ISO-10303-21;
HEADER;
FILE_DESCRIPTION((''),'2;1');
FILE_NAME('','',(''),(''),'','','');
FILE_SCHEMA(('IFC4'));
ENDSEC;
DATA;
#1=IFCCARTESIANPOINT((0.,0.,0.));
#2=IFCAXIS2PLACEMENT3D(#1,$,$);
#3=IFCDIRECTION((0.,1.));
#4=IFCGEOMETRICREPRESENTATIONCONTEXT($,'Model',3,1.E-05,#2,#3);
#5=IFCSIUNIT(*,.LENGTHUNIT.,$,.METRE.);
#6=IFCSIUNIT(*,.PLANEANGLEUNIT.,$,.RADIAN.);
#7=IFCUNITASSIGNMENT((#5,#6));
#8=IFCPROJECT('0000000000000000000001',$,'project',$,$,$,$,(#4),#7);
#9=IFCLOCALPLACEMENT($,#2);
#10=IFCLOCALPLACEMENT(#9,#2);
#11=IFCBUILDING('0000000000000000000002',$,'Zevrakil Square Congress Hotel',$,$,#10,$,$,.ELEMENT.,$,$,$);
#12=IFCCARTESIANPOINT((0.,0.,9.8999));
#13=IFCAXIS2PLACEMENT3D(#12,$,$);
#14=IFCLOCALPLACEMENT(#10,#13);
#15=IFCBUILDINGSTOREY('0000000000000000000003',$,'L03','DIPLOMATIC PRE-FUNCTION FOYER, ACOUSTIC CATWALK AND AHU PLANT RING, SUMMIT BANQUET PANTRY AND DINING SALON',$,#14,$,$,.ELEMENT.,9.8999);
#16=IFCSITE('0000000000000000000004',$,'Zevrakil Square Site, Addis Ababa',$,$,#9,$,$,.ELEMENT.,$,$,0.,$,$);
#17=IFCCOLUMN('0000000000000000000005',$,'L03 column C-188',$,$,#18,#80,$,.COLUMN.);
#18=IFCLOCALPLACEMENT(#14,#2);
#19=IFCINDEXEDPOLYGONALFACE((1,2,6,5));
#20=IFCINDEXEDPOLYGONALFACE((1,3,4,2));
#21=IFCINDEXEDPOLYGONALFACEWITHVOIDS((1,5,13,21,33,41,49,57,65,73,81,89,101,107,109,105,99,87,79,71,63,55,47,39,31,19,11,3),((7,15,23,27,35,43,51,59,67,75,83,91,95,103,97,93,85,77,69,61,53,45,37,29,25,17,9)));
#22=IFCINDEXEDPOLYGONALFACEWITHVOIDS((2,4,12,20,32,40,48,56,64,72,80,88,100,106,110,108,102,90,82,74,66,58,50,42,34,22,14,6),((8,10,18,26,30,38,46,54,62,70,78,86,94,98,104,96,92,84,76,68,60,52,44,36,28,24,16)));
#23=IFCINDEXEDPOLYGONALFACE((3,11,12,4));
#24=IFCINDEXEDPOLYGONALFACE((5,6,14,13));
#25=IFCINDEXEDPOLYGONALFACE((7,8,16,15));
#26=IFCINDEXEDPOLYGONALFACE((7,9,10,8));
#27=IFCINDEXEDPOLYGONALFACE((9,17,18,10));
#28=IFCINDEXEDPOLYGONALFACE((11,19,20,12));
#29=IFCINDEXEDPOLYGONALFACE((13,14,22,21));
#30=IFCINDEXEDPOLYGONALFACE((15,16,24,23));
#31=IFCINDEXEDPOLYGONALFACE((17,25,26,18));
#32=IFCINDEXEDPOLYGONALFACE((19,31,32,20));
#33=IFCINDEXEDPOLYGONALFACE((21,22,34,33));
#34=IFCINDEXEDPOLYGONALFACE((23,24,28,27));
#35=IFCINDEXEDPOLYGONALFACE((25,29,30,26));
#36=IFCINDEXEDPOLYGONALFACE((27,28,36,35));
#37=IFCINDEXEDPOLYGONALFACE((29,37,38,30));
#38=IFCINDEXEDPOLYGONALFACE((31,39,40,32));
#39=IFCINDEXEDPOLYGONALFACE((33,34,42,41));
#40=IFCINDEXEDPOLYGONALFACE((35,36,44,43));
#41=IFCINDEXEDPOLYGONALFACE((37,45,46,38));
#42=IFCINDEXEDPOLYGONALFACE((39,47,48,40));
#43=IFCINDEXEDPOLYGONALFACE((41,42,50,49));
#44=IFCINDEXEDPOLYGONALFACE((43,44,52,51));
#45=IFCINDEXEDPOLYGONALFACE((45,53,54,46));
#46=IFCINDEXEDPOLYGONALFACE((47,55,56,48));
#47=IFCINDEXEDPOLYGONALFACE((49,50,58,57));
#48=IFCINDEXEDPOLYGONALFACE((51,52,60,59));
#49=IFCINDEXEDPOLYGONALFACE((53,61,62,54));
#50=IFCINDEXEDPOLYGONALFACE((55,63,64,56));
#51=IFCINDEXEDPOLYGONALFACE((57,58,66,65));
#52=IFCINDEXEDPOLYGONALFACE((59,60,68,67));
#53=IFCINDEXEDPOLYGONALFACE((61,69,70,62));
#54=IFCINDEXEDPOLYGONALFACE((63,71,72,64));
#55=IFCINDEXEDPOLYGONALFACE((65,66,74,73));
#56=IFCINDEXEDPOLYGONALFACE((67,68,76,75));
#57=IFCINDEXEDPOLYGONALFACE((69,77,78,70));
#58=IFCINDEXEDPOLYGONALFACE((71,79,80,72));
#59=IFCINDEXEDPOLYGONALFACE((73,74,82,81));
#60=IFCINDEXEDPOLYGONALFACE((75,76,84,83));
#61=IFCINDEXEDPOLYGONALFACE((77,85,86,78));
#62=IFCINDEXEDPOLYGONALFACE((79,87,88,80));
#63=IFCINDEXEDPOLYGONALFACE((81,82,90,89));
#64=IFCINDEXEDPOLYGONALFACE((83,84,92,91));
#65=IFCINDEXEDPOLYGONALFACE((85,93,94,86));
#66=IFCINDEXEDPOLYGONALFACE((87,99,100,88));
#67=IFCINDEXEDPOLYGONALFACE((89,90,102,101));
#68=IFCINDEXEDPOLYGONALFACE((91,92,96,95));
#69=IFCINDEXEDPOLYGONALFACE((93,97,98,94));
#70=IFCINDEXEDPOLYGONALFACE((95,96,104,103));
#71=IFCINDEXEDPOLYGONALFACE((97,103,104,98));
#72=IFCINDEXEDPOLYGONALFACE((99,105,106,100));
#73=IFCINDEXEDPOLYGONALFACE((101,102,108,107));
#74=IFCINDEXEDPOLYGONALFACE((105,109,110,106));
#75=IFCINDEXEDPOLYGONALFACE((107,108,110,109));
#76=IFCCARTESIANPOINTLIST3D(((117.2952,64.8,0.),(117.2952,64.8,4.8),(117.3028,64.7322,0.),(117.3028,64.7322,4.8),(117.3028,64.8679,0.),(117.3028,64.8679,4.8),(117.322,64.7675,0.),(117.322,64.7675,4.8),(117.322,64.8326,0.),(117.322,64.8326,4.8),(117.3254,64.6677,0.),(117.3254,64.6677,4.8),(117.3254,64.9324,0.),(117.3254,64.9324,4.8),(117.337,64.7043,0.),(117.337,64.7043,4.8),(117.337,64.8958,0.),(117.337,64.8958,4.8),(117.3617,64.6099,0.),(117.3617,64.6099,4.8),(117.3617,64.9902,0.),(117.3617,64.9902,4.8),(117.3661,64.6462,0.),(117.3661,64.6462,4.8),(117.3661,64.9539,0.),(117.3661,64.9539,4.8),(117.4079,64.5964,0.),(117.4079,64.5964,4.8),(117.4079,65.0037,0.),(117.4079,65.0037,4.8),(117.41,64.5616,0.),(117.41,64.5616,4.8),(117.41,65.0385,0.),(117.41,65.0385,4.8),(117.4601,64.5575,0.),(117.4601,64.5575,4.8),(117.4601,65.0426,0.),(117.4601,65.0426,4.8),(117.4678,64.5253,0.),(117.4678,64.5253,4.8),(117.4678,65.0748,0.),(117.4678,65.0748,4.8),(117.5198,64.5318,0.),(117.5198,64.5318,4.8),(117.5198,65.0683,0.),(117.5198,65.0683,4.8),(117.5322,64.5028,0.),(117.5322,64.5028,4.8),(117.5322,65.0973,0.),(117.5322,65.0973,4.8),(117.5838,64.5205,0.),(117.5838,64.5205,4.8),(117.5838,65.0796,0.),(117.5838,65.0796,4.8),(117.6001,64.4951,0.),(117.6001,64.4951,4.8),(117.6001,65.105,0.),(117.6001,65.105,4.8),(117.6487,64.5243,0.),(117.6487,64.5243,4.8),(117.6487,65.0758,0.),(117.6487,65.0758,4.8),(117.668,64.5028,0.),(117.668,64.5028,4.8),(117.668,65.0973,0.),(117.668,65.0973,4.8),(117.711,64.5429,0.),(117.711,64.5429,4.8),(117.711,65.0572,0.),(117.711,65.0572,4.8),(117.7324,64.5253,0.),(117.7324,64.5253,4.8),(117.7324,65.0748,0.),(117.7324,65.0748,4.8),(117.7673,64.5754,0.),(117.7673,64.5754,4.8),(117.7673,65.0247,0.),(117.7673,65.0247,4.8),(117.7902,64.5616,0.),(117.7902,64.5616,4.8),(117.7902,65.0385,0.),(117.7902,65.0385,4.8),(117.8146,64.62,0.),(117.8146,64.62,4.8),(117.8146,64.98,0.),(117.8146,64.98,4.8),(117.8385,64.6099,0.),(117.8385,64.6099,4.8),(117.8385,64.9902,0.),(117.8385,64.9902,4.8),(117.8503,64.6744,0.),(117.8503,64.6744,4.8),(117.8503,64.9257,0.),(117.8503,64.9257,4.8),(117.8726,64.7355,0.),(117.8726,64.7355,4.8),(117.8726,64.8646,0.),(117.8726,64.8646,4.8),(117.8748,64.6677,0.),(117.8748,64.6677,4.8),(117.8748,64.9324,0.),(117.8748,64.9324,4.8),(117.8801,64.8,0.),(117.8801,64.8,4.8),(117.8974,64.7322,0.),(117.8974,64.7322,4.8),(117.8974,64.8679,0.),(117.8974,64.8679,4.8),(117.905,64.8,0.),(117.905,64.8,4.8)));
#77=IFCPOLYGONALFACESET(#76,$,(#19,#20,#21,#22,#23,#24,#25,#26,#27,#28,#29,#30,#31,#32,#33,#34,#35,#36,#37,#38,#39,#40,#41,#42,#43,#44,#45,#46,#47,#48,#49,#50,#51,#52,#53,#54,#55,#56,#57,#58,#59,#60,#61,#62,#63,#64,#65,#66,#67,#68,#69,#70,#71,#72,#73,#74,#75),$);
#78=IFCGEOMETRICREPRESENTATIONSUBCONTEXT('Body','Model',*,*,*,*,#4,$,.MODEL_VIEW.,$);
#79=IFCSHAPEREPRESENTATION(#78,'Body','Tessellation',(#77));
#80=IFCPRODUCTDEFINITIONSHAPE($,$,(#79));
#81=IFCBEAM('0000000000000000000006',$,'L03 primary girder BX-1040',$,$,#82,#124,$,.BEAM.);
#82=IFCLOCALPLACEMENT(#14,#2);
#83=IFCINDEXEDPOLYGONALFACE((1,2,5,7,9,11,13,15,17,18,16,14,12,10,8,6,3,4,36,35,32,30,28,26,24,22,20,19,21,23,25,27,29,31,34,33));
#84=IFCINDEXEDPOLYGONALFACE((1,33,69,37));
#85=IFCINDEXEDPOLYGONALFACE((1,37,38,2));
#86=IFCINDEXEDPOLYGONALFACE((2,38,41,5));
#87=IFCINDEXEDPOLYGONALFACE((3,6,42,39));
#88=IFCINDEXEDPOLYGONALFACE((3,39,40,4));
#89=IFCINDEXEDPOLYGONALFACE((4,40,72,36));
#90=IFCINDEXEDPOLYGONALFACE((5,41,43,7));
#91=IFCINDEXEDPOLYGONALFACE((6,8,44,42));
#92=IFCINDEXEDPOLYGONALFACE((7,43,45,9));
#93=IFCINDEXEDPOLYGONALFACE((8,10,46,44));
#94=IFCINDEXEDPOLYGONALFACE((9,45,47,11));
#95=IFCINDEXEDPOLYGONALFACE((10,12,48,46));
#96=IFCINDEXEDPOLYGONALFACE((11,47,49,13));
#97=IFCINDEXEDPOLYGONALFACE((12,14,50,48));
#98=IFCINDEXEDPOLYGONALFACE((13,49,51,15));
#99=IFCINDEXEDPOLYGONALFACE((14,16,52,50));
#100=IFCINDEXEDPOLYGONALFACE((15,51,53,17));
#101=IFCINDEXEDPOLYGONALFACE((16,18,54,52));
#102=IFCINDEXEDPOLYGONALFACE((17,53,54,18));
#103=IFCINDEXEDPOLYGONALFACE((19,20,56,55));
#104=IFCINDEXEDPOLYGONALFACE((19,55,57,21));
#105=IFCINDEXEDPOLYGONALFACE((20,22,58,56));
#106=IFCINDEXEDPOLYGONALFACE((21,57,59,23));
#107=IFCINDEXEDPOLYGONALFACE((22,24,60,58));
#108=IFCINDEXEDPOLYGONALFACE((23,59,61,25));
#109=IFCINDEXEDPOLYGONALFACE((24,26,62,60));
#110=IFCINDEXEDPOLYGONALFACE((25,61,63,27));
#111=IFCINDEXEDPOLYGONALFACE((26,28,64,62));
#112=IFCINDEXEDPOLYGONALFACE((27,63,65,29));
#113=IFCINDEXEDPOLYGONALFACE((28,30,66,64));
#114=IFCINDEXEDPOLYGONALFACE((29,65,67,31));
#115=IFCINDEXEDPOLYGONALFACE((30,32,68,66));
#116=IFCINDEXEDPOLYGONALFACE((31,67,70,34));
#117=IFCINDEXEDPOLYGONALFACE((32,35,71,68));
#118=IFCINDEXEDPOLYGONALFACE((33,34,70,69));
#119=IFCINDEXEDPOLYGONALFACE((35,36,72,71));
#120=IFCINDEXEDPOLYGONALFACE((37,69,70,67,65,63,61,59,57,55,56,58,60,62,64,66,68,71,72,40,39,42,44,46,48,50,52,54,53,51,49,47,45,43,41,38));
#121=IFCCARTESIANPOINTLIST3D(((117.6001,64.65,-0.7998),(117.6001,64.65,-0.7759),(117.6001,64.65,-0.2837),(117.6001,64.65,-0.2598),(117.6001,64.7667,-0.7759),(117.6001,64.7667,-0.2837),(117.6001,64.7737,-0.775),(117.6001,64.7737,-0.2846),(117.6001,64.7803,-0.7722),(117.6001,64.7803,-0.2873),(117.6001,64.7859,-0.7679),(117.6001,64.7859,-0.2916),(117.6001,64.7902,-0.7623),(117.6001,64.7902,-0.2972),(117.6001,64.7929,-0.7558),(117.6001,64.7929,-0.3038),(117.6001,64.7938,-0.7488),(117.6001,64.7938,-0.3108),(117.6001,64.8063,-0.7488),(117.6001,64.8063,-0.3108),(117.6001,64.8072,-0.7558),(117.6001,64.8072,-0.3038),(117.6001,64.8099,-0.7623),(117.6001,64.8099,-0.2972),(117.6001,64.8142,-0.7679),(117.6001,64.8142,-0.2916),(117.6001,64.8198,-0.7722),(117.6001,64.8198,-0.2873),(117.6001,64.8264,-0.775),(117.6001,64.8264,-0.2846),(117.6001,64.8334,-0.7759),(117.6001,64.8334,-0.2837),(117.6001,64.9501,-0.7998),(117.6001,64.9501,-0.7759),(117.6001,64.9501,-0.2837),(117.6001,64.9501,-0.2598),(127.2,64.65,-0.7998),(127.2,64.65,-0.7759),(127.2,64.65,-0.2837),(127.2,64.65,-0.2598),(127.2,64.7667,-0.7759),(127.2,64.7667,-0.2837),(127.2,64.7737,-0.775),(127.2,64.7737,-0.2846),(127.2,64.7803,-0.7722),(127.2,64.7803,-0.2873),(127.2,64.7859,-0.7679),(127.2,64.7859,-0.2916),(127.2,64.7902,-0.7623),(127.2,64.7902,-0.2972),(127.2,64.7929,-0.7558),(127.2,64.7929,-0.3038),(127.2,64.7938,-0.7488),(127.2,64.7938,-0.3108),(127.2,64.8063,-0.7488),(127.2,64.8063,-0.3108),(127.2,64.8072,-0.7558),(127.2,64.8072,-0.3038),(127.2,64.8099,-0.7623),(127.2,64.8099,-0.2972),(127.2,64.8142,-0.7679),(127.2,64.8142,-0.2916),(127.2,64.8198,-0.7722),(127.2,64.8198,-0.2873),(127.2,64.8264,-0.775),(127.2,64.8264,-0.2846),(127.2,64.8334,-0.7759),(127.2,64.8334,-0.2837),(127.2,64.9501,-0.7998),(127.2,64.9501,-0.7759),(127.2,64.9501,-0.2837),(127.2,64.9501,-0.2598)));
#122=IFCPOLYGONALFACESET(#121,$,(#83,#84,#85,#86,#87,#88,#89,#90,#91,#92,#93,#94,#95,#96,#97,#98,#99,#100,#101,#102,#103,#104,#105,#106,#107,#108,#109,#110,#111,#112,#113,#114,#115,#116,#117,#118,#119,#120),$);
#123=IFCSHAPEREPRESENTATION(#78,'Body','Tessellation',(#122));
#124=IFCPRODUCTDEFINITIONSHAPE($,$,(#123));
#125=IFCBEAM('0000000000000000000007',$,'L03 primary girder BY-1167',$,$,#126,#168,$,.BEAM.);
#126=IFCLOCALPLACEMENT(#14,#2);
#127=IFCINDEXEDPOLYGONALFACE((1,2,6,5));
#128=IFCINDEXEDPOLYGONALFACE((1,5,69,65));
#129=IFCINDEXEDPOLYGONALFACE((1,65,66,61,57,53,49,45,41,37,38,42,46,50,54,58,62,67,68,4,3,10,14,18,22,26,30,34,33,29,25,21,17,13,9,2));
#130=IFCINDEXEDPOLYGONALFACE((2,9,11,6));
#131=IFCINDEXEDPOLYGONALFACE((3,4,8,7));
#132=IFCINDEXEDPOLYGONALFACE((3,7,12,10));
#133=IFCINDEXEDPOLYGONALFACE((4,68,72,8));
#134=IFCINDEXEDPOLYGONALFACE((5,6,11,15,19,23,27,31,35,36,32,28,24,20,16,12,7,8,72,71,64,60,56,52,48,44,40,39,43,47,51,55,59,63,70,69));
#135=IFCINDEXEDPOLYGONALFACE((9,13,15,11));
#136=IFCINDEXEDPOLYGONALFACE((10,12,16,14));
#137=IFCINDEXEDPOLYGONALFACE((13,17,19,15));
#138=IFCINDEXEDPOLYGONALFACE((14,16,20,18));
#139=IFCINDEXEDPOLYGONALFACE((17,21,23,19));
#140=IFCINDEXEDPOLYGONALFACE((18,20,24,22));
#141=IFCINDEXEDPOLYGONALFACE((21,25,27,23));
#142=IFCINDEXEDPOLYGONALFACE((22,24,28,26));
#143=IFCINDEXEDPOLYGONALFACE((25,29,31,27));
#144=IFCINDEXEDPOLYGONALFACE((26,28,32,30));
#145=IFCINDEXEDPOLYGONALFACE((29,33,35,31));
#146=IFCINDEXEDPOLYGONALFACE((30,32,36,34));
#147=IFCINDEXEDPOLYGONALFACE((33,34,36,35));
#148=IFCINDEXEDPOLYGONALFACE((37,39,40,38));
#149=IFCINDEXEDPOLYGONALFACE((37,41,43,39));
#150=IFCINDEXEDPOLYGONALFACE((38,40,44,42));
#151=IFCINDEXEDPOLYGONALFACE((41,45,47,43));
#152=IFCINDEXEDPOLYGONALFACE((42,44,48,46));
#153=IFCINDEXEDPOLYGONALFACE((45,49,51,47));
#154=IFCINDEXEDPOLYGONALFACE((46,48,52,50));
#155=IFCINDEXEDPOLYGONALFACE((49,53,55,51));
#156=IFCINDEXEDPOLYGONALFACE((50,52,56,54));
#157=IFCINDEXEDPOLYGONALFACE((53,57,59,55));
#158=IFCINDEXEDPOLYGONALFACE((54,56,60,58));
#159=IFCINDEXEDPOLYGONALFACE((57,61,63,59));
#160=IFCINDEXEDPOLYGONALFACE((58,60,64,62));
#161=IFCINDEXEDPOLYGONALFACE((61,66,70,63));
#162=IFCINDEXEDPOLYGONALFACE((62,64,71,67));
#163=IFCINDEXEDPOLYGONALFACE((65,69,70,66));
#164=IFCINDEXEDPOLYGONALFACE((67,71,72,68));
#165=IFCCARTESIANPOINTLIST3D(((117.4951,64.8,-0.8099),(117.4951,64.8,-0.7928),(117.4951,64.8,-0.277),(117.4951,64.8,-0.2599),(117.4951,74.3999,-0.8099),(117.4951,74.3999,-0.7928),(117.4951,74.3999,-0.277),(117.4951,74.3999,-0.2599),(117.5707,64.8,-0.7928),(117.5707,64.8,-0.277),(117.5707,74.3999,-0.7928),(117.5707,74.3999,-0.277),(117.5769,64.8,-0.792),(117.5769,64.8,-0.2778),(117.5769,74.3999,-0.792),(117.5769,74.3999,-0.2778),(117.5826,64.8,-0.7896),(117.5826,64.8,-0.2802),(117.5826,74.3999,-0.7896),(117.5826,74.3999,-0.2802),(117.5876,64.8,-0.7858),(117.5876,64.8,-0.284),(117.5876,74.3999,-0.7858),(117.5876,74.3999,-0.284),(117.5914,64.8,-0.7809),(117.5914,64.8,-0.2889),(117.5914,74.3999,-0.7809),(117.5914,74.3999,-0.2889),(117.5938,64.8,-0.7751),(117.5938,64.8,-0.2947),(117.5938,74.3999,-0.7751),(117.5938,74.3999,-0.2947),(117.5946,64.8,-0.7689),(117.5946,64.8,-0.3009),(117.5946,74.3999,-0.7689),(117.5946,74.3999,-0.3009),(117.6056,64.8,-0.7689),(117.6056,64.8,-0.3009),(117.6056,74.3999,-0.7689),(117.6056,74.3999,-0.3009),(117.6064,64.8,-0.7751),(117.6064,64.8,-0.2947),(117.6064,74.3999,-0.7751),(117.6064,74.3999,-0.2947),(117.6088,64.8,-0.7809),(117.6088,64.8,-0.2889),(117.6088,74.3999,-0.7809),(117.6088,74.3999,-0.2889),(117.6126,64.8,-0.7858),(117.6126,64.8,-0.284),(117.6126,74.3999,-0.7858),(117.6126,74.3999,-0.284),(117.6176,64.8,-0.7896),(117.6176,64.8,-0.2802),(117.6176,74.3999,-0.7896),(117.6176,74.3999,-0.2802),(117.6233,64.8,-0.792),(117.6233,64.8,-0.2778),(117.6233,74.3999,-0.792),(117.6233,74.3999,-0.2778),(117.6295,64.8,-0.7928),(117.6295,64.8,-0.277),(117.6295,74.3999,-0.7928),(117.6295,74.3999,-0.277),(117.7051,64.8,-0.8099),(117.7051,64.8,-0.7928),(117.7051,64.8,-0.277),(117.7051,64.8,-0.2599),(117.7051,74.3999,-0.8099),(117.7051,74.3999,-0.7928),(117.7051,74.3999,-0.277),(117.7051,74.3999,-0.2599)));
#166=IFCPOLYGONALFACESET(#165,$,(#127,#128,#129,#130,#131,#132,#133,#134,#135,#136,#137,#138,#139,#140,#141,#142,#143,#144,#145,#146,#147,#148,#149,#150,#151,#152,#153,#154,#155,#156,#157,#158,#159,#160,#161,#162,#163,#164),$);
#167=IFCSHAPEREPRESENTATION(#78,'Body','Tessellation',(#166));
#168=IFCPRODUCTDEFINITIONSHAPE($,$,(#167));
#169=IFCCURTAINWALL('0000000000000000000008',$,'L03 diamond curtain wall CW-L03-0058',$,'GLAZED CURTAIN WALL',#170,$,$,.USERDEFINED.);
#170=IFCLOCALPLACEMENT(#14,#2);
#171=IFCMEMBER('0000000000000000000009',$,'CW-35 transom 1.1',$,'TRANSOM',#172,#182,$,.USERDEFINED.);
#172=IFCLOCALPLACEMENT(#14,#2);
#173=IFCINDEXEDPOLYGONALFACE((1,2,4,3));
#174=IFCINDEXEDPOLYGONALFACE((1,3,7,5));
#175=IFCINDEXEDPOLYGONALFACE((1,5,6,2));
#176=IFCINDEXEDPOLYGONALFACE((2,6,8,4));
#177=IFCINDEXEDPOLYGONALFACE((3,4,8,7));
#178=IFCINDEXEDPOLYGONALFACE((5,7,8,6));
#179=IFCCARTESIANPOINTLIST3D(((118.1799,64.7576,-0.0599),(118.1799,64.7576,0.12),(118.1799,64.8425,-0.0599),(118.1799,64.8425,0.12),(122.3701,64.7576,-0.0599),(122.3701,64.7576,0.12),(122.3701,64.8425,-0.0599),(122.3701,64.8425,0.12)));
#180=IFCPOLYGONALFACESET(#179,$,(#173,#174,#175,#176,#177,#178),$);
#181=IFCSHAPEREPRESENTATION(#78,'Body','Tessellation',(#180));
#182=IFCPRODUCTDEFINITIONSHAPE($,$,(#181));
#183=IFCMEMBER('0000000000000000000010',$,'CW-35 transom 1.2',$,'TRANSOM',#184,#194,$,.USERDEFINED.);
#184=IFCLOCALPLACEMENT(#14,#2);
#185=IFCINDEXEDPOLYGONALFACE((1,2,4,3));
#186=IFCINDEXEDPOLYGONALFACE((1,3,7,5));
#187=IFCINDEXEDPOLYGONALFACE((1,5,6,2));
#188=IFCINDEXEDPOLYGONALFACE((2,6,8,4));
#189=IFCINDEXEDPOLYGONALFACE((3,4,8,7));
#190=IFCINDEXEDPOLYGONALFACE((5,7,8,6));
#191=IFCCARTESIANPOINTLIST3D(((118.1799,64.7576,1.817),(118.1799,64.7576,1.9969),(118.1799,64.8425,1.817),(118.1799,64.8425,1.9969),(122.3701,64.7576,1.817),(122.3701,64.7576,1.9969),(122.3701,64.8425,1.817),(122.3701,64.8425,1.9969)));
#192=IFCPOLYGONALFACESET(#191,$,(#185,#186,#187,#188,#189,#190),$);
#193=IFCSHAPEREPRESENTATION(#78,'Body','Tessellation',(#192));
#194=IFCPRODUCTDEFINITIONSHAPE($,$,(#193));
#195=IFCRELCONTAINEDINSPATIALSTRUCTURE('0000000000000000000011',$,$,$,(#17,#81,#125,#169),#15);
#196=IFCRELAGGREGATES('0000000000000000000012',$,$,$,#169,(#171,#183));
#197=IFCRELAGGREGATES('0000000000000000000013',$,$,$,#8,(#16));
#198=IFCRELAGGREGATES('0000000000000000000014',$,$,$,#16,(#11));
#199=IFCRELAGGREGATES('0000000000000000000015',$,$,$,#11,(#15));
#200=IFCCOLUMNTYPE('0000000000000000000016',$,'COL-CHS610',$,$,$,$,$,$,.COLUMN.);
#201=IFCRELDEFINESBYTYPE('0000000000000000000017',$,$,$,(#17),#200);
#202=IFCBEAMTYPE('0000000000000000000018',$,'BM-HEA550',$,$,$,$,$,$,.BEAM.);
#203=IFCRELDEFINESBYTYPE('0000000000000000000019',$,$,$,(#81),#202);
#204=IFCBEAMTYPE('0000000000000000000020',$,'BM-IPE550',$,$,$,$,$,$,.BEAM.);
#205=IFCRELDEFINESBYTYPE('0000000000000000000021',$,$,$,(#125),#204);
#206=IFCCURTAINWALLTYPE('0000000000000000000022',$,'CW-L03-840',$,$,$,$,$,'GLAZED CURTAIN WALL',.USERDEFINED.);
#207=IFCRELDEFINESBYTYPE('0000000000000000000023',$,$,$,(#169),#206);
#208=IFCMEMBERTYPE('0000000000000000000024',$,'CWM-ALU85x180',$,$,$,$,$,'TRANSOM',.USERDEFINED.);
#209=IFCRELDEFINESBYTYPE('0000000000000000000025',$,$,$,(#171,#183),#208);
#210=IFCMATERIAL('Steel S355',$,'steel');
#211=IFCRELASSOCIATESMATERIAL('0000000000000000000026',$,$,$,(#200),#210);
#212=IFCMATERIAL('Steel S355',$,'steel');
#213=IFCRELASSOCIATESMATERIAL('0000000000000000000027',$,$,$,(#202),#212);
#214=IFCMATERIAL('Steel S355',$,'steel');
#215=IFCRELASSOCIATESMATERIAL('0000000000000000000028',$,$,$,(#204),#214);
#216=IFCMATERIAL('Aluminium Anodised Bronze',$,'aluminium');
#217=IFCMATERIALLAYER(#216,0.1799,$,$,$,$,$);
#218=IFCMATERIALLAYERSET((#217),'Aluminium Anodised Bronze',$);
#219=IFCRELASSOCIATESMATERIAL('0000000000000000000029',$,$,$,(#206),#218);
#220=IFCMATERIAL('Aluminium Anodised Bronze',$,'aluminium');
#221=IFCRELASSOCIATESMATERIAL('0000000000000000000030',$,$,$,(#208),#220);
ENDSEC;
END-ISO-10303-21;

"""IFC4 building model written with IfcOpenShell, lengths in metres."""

from ifc_helpers import new_model, si_unit, direction, frame, origin, origin_2d, place, context, subcontext, project, spatial, rectangle, hollow_circle, i_section, extrude, material, layer, layer_set, material_profile, profile_set, type_object, element, aggregate, save


model = new_model("IFC4")

# Units and contexts
model_context = context("Model", 3, precision=1e-05, world=origin(), true_north=direction((0.0, 1.0)))
body_context = subcontext(model_context, "Body", "Model", "MODEL_VIEW")
ifc_project = project(units=[si_unit("LENGTHUNIT", "METRE"), si_unit("PLANEANGLEUNIT", "RADIAN")], contexts=[model_context])

# Site, building, storey
site_placement = place(None, origin())
site = spatial("IfcSite", under=ifc_project, at=site_placement, Name="Zevrakil Square Site, Addis Ababa", CompositionType="ELEMENT", RefElevation=0.0)
building_placement = place(site_placement, origin())
building = spatial("IfcBuilding", under=site, at=building_placement, Name="Zevrakil Square Congress Hotel", CompositionType="ELEMENT")
storey_placement = place(building_placement, frame((0.0, 0.0, 9.8999)))
storey = spatial("IfcBuildingStorey", under=building, at=storey_placement, Name="L03", Description="DIPLOMATIC PRE-FUNCTION FOYER, ACOUSTIC CATWALK AND AHU PLANT RING, SUMMIT BANQUET PANTRY AND DINING SALON", CompositionType="ELEMENT", Elevation=9.8999)

# Column
ifc_material_1 = material(Name="Steel S355", Category="steel")
ifc_material_profile_1 = material_profile(ifc_material_1, hollow_circle(Radius=0.3049, WallThickness=0.0249, at=origin_2d()), Name="CHS 610x25")
ifc_profile_set_1 = profile_set([ifc_material_profile_1], Name="Steel S355")
column_type = type_object("IfcColumnType", Name="COL-CHS610", PredefinedType="COLUMN", material=ifc_profile_set_1)
column_placement = place(storey_placement, frame((117.6001, 64.8, 0.0), z_axis=(0.0, 0.0, 1.0), x_axis=(1.0, 0.0, 0.0)))
element("IfcColumn", 1, at=column_placement, inside=storey, type_object=column_type, Name="L03 column C-188", PredefinedType="COLUMN", context=body_context, shape_type="SweptSolid", body=[
    extrude(hollow_circle(Radius=0.3049, WallThickness=0.0249, at=origin_2d()), origin(), (0.0, 0.0, 1.0), 4.8),
])

# Beams
ifc_material_2 = material(Name="Steel S355", Category="steel")
ifc_material_profile_2 = material_profile(ifc_material_2, i_section(OverallWidth=0.3, OverallDepth=0.54, WebThickness=0.0125, FlangeThickness=0.0239, FilletRadius=0.0271, at=origin_2d()), Name="HEA 550")
ifc_profile_set_2 = profile_set([ifc_material_profile_2], Name="Steel S355")
beam_type_1 = type_object("IfcBeamType", Name="BM-HEA550", PredefinedType="BEAM", material=ifc_profile_set_2)
beam_1_placement = place(storey_placement, frame((117.6001, 64.8, -0.5298), z_axis=(1.0, 0.0, 0.0), x_axis=(0.0, 1.0, 0.0)))
element("IfcBeam", 2, at=beam_1_placement, inside=storey, type_object=beam_type_1, Name="L03 primary girder BX-1040", PredefinedType="BEAM", context=body_context, shape_type="SweptSolid", body=[
    extrude(i_section(OverallWidth=0.3, OverallDepth=0.54, WebThickness=0.0125, FlangeThickness=0.0239, FilletRadius=0.0271, at=origin_2d()), origin(), (0.0, 0.0, 1.0), 9.5999),
])
ifc_material_3 = material(Name="Steel S355", Category="steel")
ifc_material_profile_3 = material_profile(ifc_material_3, i_section(OverallWidth=0.21, OverallDepth=0.55, WebThickness=0.011, FlangeThickness=0.0171, FilletRadius=0.0239, at=origin_2d()), Name="IPE 550")
ifc_profile_set_3 = profile_set([ifc_material_profile_3], Name="Steel S355")
beam_type_2 = type_object("IfcBeamType", Name="BM-IPE550", PredefinedType="BEAM", material=ifc_profile_set_3)
beam_2_placement = place(storey_placement, frame((117.6001, 64.8, -0.5349), z_axis=(0.0, 1.0, 0.0), x_axis=(-1.0, 0.0, 0.0)))
element("IfcBeam", 3, at=beam_2_placement, inside=storey, type_object=beam_type_2, Name="L03 primary girder BY-1167", PredefinedType="BEAM", context=body_context, shape_type="SweptSolid", body=[
    extrude(i_section(OverallWidth=0.21, OverallDepth=0.55, WebThickness=0.011, FlangeThickness=0.0171, FilletRadius=0.0239, at=origin_2d()), origin(), (0.0, 0.0, 1.0), 9.5999),
])

# Curtain wall, members
ifc_material_4 = material(Name="Aluminium Anodised Bronze", Category="aluminium")
ifc_layer_1 = layer(ifc_material_4, 0.1799)
ifc_layer_set_1 = layer_set([ifc_layer_1], Name="Aluminium Anodised Bronze")
curtain_wall_type = type_object("IfcCurtainWallType", Name="CW-L03-840", ElementType="GLAZED CURTAIN WALL", PredefinedType="USERDEFINED", material=ifc_layer_set_1)
curtain_wall_placement = place(storey_placement, origin())
curtain_wall = element("IfcCurtainWall", 4, at=curtain_wall_placement, inside=storey, type_object=curtain_wall_type, Name="L03 diamond curtain wall CW-L03-0058", ObjectType="GLAZED CURTAIN WALL", PredefinedType="USERDEFINED")
ifc_material_5 = material(Name="Aluminium Anodised Bronze", Category="aluminium")
ifc_material_profile_4 = material_profile(ifc_material_5, rectangle(XDim=0.085, YDim=0.1799, at=origin_2d()), Name="ALU 85x180")
ifc_profile_set_4 = profile_set([ifc_material_profile_4], Name="Aluminium Anodised Bronze")
member_type_1 = type_object("IfcMemberType", Name="CWM-ALU85x180", ElementType="TRANSOM", PredefinedType="USERDEFINED", material=ifc_profile_set_4)
member_1_placement = place(storey_placement, frame((118.1799, 64.8, 0.03), z_axis=(1.0, 0.0, 0.0), x_axis=(0.0, 1.0, 0.0)))
member_1 = element("IfcMember", 5, at=member_1_placement, type_object=member_type_1, Name="CW-35 transom 1.1", ObjectType="TRANSOM", PredefinedType="USERDEFINED", context=body_context, shape_type="SweptSolid", body=[
    extrude(rectangle(XDim=0.085, YDim=0.1799, at=origin_2d()), origin(), (0.0, 0.0, 1.0), 4.1902),
])
member_2_placement = place(storey_placement, frame((118.1799, 64.8, 1.907), z_axis=(1.0, 0.0, 0.0), x_axis=(0.0, 1.0, 0.0)))
member_2 = element("IfcMember", 6, at=member_2_placement, type_object=member_type_1, Name="CW-35 transom 1.2", ObjectType="TRANSOM", PredefinedType="USERDEFINED", context=body_context, shape_type="SweptSolid", body=[
    extrude(rectangle(XDim=0.085, YDim=0.1799, at=origin_2d()), origin(), (0.0, 0.0, 1.0), 4.1902),
])
aggregate(curtain_wall, [member_1, member_2])

save(model, "model.ifc")
